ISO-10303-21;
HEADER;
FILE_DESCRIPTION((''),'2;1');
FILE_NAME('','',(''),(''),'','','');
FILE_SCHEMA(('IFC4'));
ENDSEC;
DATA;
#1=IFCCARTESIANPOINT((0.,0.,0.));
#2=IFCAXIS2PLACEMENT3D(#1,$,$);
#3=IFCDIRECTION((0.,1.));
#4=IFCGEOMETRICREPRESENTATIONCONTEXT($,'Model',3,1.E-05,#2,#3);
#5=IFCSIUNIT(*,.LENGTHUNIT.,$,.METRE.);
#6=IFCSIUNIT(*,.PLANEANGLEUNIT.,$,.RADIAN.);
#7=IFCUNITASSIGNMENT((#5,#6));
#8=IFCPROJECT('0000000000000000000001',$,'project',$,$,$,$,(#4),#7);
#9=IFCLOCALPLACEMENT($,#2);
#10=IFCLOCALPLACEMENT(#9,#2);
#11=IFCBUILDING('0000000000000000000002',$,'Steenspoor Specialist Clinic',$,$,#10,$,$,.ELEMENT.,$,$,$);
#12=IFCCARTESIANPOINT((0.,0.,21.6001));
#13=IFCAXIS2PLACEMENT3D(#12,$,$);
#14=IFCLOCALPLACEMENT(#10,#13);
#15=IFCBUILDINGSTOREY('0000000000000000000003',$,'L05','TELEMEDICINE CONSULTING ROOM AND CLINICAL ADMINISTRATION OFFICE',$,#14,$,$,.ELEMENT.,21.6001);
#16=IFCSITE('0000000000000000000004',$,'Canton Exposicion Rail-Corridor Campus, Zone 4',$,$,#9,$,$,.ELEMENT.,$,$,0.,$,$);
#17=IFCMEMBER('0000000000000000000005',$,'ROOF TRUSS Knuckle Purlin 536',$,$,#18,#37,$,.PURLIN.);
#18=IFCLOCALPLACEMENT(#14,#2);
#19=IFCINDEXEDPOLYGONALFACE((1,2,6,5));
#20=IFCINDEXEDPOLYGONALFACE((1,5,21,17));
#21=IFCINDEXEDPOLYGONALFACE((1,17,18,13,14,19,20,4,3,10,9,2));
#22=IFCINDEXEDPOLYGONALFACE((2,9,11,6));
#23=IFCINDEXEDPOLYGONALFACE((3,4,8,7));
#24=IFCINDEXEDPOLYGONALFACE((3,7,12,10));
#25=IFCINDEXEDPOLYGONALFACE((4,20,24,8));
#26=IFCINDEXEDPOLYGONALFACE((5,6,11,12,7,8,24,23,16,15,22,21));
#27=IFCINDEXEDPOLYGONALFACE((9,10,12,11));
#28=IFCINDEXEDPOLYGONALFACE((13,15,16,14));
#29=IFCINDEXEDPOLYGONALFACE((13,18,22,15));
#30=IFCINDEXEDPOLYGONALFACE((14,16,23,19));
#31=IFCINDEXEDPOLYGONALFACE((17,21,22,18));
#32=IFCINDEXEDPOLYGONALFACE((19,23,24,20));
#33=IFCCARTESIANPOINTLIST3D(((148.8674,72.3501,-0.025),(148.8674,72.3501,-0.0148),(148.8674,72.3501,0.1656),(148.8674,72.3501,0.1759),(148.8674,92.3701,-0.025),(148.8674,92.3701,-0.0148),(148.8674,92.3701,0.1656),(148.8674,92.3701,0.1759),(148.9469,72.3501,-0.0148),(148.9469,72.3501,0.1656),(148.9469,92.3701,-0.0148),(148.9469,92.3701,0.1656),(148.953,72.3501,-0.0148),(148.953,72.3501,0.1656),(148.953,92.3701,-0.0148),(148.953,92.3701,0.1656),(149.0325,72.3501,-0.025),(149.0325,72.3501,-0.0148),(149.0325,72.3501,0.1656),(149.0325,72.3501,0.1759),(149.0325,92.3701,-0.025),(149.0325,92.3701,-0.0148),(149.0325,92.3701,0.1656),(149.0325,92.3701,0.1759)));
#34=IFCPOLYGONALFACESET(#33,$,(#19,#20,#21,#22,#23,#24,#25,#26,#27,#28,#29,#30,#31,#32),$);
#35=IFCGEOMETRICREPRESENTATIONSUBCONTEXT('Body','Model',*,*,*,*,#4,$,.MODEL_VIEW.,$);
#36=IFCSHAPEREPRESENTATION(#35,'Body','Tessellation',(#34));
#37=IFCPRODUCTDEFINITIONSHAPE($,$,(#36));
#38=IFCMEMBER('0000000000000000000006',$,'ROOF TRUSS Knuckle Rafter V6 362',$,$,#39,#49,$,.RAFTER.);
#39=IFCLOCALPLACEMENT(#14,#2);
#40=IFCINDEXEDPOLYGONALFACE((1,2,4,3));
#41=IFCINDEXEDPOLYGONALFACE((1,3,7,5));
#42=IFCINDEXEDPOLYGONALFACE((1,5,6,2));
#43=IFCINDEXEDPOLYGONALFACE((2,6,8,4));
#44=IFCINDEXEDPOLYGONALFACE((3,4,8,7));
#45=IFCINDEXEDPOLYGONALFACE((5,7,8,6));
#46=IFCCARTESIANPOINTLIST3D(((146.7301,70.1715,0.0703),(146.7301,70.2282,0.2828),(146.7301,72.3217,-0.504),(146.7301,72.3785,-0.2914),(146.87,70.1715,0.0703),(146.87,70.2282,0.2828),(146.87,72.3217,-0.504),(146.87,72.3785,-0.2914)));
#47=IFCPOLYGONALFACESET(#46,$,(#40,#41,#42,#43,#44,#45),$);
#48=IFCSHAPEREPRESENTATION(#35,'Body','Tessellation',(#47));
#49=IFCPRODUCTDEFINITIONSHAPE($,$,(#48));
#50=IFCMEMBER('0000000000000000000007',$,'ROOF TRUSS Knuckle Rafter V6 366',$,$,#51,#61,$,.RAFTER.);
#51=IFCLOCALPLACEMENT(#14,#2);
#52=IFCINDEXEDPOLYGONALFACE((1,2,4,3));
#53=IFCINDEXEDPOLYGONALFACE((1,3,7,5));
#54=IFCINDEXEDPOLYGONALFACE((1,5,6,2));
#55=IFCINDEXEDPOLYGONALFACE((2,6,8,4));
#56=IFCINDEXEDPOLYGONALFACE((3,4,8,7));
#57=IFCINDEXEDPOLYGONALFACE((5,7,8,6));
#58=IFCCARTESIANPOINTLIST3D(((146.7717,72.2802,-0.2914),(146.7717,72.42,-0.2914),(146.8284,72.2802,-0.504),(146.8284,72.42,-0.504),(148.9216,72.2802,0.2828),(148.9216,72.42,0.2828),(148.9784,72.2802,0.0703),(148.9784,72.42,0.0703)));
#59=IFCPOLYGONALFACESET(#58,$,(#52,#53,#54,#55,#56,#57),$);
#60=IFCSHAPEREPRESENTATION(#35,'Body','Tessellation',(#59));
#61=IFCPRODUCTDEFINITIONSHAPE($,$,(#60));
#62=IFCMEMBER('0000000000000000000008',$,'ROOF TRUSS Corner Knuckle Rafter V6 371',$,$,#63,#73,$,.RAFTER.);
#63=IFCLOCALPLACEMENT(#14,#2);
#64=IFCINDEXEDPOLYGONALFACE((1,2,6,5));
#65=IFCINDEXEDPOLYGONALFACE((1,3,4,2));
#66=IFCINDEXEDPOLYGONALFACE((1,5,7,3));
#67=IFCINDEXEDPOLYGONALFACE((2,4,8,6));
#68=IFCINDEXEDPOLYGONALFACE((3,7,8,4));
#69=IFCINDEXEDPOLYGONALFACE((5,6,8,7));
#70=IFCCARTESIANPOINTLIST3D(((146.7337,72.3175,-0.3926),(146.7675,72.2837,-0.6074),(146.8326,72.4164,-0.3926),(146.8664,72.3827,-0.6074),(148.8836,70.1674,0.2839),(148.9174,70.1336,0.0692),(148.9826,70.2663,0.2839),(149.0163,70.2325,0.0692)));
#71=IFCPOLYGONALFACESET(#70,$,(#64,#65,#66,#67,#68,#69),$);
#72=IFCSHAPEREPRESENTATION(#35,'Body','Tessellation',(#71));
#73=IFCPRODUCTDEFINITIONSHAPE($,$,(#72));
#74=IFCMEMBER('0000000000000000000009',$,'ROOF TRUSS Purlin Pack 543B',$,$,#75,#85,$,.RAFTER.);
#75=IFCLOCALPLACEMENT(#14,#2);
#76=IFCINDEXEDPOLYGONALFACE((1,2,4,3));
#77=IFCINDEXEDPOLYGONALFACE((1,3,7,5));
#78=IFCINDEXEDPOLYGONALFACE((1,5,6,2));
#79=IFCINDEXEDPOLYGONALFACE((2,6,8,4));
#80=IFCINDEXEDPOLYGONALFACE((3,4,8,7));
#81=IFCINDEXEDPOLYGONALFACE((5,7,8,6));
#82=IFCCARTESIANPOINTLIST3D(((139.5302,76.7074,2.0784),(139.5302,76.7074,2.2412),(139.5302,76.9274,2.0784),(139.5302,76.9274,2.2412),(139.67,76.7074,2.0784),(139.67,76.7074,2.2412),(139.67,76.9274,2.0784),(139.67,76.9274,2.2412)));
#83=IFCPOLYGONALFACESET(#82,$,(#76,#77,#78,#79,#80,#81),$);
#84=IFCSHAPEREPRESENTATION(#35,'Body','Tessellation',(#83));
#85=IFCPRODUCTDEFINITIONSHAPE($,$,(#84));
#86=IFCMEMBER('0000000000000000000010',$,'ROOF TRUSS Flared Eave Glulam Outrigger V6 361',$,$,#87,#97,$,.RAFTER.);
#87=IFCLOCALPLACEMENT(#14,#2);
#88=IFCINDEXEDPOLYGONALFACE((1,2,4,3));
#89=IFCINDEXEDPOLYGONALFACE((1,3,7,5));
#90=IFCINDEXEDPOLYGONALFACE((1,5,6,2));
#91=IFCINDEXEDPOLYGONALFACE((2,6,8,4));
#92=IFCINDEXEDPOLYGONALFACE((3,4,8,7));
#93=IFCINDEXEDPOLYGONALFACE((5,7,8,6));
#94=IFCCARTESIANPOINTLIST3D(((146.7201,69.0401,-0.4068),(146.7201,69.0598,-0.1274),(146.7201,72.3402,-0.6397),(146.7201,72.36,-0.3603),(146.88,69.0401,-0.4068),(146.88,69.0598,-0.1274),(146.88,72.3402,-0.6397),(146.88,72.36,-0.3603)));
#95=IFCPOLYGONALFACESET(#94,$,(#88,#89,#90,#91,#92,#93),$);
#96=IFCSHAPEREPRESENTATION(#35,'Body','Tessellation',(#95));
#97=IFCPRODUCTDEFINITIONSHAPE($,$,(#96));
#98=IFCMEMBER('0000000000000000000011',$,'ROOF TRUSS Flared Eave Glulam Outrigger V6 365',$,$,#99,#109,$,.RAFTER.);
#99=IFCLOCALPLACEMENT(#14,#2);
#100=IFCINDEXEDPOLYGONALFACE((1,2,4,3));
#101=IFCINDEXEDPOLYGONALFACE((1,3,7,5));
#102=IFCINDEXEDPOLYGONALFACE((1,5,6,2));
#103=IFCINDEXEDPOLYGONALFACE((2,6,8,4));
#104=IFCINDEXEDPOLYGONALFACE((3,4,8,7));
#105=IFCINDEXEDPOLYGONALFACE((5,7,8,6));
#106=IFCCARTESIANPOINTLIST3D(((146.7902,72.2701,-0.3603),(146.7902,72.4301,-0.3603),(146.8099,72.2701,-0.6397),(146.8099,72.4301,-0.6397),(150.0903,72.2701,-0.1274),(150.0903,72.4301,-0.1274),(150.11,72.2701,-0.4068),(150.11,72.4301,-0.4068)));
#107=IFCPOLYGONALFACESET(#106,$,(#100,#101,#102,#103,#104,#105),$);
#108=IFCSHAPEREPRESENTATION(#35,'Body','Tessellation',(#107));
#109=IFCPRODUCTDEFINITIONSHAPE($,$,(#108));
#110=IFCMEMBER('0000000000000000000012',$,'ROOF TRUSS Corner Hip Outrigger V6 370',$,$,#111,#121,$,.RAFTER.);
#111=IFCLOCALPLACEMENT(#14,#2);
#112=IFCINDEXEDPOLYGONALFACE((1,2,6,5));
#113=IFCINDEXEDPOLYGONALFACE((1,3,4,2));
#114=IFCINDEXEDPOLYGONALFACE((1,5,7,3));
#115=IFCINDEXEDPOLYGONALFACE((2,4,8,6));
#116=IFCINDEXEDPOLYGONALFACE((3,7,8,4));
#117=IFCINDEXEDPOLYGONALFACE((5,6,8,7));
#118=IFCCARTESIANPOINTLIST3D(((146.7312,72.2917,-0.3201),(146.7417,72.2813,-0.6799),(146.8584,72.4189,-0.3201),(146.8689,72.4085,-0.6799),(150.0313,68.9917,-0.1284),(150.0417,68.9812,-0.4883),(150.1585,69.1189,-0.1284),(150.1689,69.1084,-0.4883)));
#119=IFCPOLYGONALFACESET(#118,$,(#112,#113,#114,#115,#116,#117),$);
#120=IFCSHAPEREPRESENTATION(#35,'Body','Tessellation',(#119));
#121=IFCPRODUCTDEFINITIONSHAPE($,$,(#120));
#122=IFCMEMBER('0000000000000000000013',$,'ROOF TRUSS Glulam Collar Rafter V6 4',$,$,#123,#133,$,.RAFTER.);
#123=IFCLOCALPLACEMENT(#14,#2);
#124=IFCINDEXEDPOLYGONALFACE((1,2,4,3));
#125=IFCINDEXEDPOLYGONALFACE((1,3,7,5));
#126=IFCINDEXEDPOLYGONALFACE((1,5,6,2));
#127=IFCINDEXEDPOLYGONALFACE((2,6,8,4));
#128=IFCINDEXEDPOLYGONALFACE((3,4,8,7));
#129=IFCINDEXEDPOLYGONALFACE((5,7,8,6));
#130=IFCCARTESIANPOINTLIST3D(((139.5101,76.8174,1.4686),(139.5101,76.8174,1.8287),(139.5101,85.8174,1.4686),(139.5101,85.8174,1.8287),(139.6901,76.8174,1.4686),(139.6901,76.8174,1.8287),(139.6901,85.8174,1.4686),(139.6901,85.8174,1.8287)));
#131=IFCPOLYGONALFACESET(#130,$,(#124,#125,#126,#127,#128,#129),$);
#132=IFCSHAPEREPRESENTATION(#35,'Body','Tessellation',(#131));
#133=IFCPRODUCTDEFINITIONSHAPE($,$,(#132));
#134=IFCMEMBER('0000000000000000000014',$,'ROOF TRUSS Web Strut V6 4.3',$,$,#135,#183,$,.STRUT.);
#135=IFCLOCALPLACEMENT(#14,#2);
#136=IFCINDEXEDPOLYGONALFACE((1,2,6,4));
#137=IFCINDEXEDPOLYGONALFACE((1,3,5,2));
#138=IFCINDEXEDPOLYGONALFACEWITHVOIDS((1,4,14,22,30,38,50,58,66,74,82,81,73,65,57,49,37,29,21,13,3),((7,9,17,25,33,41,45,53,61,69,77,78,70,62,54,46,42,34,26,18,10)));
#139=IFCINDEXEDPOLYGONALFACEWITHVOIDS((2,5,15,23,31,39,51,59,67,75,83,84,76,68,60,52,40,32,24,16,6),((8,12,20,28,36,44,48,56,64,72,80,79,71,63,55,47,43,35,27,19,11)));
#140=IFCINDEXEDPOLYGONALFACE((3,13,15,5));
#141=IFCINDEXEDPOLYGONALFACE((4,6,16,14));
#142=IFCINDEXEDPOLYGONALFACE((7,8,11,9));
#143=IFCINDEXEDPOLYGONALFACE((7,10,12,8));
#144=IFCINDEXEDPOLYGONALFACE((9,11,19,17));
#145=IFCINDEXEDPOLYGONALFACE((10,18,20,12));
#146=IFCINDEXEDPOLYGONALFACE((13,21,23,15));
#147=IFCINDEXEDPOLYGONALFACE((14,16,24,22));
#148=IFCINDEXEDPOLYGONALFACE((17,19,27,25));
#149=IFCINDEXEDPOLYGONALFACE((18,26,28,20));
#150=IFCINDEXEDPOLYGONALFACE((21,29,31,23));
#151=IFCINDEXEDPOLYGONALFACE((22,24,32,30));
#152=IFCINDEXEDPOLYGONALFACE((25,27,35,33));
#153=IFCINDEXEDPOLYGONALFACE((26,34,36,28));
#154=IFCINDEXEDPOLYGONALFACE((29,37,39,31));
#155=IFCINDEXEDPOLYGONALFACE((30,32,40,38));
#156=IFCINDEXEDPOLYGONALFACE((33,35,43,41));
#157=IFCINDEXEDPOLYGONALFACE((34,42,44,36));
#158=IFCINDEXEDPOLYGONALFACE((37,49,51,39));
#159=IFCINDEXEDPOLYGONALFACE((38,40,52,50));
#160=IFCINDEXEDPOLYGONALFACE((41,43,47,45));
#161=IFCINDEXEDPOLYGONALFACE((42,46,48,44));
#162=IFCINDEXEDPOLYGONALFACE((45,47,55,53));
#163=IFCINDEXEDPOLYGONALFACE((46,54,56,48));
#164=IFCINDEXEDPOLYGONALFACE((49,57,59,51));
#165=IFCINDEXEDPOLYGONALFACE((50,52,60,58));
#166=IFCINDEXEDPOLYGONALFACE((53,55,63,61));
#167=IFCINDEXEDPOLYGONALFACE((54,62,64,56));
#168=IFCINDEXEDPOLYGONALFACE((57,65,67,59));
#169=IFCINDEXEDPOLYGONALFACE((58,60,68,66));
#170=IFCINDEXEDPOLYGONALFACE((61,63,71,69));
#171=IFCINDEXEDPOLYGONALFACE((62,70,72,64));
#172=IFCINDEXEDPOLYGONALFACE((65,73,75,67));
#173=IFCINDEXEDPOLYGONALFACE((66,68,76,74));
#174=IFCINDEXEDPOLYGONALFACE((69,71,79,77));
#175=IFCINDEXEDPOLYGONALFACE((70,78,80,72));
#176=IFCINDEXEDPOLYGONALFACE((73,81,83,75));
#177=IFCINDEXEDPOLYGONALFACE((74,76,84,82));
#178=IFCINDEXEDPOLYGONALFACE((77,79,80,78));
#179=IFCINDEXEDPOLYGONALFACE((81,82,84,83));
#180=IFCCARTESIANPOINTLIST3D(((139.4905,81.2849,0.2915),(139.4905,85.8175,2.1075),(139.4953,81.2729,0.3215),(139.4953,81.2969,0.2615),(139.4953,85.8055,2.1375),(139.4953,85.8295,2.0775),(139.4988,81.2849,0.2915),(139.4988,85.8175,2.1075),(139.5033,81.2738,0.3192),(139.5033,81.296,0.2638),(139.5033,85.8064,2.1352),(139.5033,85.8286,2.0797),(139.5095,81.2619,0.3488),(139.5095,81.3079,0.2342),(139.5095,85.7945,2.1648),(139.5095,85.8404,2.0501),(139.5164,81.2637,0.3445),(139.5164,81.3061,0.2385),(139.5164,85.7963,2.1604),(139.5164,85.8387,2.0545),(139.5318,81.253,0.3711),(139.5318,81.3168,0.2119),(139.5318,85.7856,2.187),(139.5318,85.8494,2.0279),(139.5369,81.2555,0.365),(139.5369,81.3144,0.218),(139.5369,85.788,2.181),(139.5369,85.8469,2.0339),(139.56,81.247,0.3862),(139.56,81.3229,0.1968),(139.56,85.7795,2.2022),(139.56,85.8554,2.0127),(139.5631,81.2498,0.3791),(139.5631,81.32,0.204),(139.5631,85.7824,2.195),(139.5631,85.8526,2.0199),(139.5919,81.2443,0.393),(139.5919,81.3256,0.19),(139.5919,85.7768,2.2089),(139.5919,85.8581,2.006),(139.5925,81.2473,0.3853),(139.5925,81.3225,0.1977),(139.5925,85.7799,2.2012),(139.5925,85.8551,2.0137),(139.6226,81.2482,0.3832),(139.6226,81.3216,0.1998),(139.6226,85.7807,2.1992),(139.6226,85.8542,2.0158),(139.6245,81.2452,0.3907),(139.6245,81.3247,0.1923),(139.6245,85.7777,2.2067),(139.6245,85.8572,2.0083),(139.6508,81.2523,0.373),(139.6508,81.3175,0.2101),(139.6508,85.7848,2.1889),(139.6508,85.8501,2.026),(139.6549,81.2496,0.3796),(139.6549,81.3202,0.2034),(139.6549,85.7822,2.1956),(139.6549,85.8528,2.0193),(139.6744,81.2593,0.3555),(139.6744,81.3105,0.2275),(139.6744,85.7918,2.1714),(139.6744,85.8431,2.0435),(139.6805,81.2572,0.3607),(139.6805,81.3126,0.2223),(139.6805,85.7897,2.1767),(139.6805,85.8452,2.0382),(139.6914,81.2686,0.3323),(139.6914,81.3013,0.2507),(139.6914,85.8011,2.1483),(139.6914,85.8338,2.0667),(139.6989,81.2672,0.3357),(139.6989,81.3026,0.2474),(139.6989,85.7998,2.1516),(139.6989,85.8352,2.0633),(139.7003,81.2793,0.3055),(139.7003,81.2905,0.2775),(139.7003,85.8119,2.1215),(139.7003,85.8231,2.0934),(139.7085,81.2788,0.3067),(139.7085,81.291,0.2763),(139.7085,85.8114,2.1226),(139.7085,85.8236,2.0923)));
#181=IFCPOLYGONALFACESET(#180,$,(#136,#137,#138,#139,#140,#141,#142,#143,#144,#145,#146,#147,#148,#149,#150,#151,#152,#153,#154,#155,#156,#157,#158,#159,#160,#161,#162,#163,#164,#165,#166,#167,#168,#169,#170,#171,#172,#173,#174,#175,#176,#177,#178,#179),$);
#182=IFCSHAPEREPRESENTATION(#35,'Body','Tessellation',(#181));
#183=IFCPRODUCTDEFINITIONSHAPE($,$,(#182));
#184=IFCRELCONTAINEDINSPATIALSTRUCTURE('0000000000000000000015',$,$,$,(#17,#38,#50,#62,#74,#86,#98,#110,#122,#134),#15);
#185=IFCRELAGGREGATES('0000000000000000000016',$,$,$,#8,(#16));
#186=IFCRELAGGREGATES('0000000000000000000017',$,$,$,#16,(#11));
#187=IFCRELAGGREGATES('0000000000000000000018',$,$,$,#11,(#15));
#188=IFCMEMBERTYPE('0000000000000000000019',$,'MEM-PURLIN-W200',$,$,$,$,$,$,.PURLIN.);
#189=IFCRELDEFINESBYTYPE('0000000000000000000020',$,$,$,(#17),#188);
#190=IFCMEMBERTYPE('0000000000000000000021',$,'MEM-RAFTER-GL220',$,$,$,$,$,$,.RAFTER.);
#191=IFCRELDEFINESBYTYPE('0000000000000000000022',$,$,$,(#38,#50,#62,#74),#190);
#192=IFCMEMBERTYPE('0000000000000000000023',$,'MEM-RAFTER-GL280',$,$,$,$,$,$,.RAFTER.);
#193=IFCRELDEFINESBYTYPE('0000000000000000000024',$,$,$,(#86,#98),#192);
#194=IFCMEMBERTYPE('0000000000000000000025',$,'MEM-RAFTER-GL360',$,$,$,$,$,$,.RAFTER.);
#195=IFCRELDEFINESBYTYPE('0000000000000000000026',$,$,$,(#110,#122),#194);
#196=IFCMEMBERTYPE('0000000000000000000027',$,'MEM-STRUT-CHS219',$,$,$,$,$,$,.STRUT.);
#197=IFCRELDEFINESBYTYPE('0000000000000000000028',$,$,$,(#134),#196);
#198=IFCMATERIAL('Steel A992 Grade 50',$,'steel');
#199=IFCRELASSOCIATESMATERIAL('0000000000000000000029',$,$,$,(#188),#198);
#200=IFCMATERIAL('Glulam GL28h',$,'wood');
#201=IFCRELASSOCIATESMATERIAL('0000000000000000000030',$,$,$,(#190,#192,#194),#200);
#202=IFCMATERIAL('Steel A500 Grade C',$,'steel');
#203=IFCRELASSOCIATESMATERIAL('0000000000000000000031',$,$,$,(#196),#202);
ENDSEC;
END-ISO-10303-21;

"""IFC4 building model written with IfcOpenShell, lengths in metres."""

from ifc_helpers import new_model, si_unit, direction, frame, origin, origin_2d, place, context, subcontext, project, spatial, rectangle, hollow_circle, i_section, extrude, material, material_profile, profile_set, type_object, element, save


model = new_model("IFC4")

# Units and contexts
model_context = context("Model", 3, precision=1e-05, world=origin(), true_north=direction((0.0, 1.0)))
body_context = subcontext(model_context, "Body", "Model", "MODEL_VIEW")
ifc_project = project(units=[si_unit("LENGTHUNIT", "METRE"), si_unit("PLANEANGLEUNIT", "RADIAN")], contexts=[model_context])

# Site, building, storey
site_placement = place(None, origin())
site = spatial("IfcSite", under=ifc_project, at=site_placement, Name="Canton Exposicion Rail-Corridor Campus, Zone 4", CompositionType="ELEMENT", RefElevation=0.0)
building_placement = place(site_placement, origin())
building = spatial("IfcBuilding", under=site, at=building_placement, Name="Steenspoor Specialist Clinic", CompositionType="ELEMENT")
storey_placement = place(building_placement, frame((0.0, 0.0, 21.6001)))
storey = spatial("IfcBuildingStorey", under=building, at=storey_placement, Name="L05", Description="TELEMEDICINE CONSULTING ROOM AND CLINICAL ADMINISTRATION OFFICE", CompositionType="ELEMENT", Elevation=21.6001)

# Members
ifc_material_1 = material(Name="Steel A500 Grade C", Category="steel")
ifc_material_2 = material(Name="Steel A992 Grade 50", Category="steel")
ifc_material_profile_1 = material_profile(ifc_material_2, i_section(OverallWidth=0.165, OverallDepth=0.2009, WebThickness=0.0061, FlangeThickness=0.0103, at=origin_2d()), Name="W200X36")
ifc_profile_set_1 = profile_set([ifc_material_profile_1], Name="Steel A992 Grade 50")
member_type_1 = type_object("IfcMemberType", Name="MEM-PURLIN-W200", PredefinedType="PURLIN", material=ifc_profile_set_1)
member_1_placement = place(storey_placement, frame((148.95, 72.3501, 0.0754), z_axis=(0.0, 1.0, 0.0), x_axis=(-1.0, 0.0, 0.0)))
element("IfcMember", 1, at=member_1_placement, inside=storey, type_object=member_type_1, Name="ROOF TRUSS Knuckle Purlin 536", PredefinedType="PURLIN", context=body_context, shape_type="SweptSolid", body=[
    extrude(i_section(OverallWidth=0.165, OverallDepth=0.2009, WebThickness=0.0061, FlangeThickness=0.0103, at=origin_2d()), origin(), (0.0, 0.0, 1.0), 20.02),
])
ifc_material_3 = material(Name="Glulam GL28h", Category="wood")
ifc_material_profile_2 = material_profile(ifc_material_3, rectangle(XDim=0.1399, YDim=0.22, at=origin_2d()), Name="GL28H-140X220")
ifc_profile_set_2 = profile_set([ifc_material_profile_2], Name="Glulam GL28h")
member_type_2 = type_object("IfcMemberType", Name="MEM-RAFTER-GL220", PredefinedType="RAFTER", material=ifc_profile_set_2)
member_2_placement = place(storey_placement, frame((146.8, 72.3501, -0.3977), z_axis=(0.0, -0.96614, 0.258018), x_axis=(1.0, 0.0, 0.0)))
element("IfcMember", 2, at=member_2_placement, inside=storey, type_object=member_type_2, Name="ROOF TRUSS Knuckle Rafter V6 362", PredefinedType="RAFTER", context=body_context, shape_type="SweptSolid", body=[
    extrude(rectangle(XDim=0.1399, YDim=0.22, at=origin_2d()), origin(), (0.0, 0.0, 1.0), 2.2256),
])
member_3_placement = place(storey_placement, frame((146.8, 72.3501, -0.3977), z_axis=(0.966133, 0.0, 0.258045), x_axis=(0.0, 1.0, 0.0)))
element("IfcMember", 3, at=member_3_placement, inside=storey, type_object=member_type_2, Name="ROOF TRUSS Knuckle Rafter V6 366", PredefinedType="RAFTER", context=body_context, shape_type="SweptSolid", body=[
    extrude(rectangle(XDim=0.1399, YDim=0.22, at=origin_2d()), origin(), (0.0, 0.0, 1.0), 2.2253),
])
member_4_placement = place(storey_placement, frame((146.8, 72.3501, -0.5), z_axis=(0.69019, -0.690268, 0.217183), x_axis=(0.707147, 0.707067, 0.0)))
element("IfcMember", 4, at=member_4_placement, inside=storey, type_object=member_type_2, Name="ROOF TRUSS Corner Knuckle Rafter V6 371", PredefinedType="RAFTER", context=body_context, shape_type="SweptSolid", body=[
    extrude(rectangle(XDim=0.1399, YDim=0.22, at=origin_2d()), origin(), (0.0, 0.0, 1.0), 3.115),
])
member_5_placement = place(storey_placement, frame((139.6001, 76.8174, 2.0784), z_axis=(0.0, 0.0, 1.0), x_axis=(1.0, 0.0, 0.0)))
element("IfcMember", 5, at=member_5_placement, inside=storey, type_object=member_type_2, Name="ROOF TRUSS Purlin Pack 543B", PredefinedType="RAFTER", context=body_context, shape_type="SweptSolid", body=[
    extrude(rectangle(XDim=0.1399, YDim=0.22, at=origin_2d()), origin(), (0.0, 0.0, 1.0), 0.1628),
])
ifc_material_profile_3 = material_profile(ifc_material_3, rectangle(XDim=0.1599, YDim=0.28, at=origin_2d()), Name="GL28H-160X280")
ifc_profile_set_3 = profile_set([ifc_material_profile_3], Name="Glulam GL28h")
member_type_3 = type_object("IfcMemberType", Name="MEM-RAFTER-GL280", PredefinedType="RAFTER", material=ifc_profile_set_3)
for number, where, z_axis, x_axis, name in (
    (6, (146.8, 72.3501, -0.5), (0.0, -0.997519, 0.070403), (1.0, 0.0, 0.0), "ROOF TRUSS Flared Eave Glulam Outrigger V6 361"),
    (7, (146.8, 72.3501, -0.5), (0.997519, 0.0, 0.070403), (0.0, 1.0, 0.0), "ROOF TRUSS Flared Eave Glulam Outrigger V6 365"),
):
    element("IfcMember", number, at=place(storey_placement, frame(where, z_axis=z_axis, x_axis=x_axis)), inside=storey, type_object=member_type_3, Name=name, PredefinedType="RAFTER", context=body_context, shape_type="SweptSolid", body=[
        extrude(rectangle(XDim=0.1599, YDim=0.28, at=origin_2d()), origin(), (0.0, 0.0, 1.0), 3.3083),
    ])
ifc_material_profile_4 = material_profile(ifc_material_3, rectangle(XDim=0.1799, YDim=0.3601, at=origin_2d()), Name="GL28H-180X360")
ifc_profile_set_4 = profile_set([ifc_material_profile_4], Name="Glulam GL28h")
member_type_4 = type_object("IfcMemberType", Name="MEM-RAFTER-GL360", PredefinedType="RAFTER", material=ifc_profile_set_4)
member_6_placement = place(storey_placement, frame((146.8, 72.3501, -0.5), z_axis=(0.706511, -0.706511, 0.041031), x_axis=(0.707107, 0.707107, 0.0)))
element("IfcMember", 8, at=member_6_placement, inside=storey, type_object=member_type_4, Name="ROOF TRUSS Corner Hip Outrigger V6 370", PredefinedType="RAFTER", context=body_context, shape_type="SweptSolid", body=[
    extrude(rectangle(XDim=0.1799, YDim=0.3601, at=origin_2d()), origin(), (0.0, 0.0, 1.0), 4.6709),
])
member_7_placement = place(storey_placement, frame((139.6001, 76.8174, 1.6487), z_axis=(0.0, 1.0, 0.0), x_axis=(-1.0, 0.0, 0.0)))
element("IfcMember", 9, at=member_7_placement, inside=storey, type_object=member_type_4, Name="ROOF TRUSS Glulam Collar Rafter V6 4", PredefinedType="RAFTER", context=body_context, shape_type="SweptSolid", body=[
    extrude(rectangle(XDim=0.1799, YDim=0.3601, at=origin_2d()), origin(), (0.0, 0.0, 1.0), 9.0),
])
ifc_material_profile_5 = material_profile(ifc_material_1, hollow_circle(Radius=0.1096, WallThickness=0.0083, at=origin_2d()), Name="CHS219X8.2")
ifc_profile_set_5 = profile_set([ifc_material_profile_5], Name="Steel A500 Grade C")
member_type_5 = type_object("IfcMemberType", Name="MEM-STRUT-CHS219", PredefinedType="STRUT", material=ifc_profile_set_5)
member_8_placement = place(storey_placement, frame((139.6001, 81.2849, 0.2915), z_axis=(0.0, 0.92827, 0.371908), x_axis=(-1.0, 0.0, 0.0)))
element("IfcMember", 10, at=member_8_placement, inside=storey, type_object=member_type_5, Name="ROOF TRUSS Web Strut V6 4.3", PredefinedType="STRUT", context=body_context, shape_type="SweptSolid", body=[
    extrude(hollow_circle(Radius=0.1096, WallThickness=0.0083, at=origin_2d()), origin(), (0.0, 0.0, 1.0), 4.8828),
])

save(model, "model.ifc")
